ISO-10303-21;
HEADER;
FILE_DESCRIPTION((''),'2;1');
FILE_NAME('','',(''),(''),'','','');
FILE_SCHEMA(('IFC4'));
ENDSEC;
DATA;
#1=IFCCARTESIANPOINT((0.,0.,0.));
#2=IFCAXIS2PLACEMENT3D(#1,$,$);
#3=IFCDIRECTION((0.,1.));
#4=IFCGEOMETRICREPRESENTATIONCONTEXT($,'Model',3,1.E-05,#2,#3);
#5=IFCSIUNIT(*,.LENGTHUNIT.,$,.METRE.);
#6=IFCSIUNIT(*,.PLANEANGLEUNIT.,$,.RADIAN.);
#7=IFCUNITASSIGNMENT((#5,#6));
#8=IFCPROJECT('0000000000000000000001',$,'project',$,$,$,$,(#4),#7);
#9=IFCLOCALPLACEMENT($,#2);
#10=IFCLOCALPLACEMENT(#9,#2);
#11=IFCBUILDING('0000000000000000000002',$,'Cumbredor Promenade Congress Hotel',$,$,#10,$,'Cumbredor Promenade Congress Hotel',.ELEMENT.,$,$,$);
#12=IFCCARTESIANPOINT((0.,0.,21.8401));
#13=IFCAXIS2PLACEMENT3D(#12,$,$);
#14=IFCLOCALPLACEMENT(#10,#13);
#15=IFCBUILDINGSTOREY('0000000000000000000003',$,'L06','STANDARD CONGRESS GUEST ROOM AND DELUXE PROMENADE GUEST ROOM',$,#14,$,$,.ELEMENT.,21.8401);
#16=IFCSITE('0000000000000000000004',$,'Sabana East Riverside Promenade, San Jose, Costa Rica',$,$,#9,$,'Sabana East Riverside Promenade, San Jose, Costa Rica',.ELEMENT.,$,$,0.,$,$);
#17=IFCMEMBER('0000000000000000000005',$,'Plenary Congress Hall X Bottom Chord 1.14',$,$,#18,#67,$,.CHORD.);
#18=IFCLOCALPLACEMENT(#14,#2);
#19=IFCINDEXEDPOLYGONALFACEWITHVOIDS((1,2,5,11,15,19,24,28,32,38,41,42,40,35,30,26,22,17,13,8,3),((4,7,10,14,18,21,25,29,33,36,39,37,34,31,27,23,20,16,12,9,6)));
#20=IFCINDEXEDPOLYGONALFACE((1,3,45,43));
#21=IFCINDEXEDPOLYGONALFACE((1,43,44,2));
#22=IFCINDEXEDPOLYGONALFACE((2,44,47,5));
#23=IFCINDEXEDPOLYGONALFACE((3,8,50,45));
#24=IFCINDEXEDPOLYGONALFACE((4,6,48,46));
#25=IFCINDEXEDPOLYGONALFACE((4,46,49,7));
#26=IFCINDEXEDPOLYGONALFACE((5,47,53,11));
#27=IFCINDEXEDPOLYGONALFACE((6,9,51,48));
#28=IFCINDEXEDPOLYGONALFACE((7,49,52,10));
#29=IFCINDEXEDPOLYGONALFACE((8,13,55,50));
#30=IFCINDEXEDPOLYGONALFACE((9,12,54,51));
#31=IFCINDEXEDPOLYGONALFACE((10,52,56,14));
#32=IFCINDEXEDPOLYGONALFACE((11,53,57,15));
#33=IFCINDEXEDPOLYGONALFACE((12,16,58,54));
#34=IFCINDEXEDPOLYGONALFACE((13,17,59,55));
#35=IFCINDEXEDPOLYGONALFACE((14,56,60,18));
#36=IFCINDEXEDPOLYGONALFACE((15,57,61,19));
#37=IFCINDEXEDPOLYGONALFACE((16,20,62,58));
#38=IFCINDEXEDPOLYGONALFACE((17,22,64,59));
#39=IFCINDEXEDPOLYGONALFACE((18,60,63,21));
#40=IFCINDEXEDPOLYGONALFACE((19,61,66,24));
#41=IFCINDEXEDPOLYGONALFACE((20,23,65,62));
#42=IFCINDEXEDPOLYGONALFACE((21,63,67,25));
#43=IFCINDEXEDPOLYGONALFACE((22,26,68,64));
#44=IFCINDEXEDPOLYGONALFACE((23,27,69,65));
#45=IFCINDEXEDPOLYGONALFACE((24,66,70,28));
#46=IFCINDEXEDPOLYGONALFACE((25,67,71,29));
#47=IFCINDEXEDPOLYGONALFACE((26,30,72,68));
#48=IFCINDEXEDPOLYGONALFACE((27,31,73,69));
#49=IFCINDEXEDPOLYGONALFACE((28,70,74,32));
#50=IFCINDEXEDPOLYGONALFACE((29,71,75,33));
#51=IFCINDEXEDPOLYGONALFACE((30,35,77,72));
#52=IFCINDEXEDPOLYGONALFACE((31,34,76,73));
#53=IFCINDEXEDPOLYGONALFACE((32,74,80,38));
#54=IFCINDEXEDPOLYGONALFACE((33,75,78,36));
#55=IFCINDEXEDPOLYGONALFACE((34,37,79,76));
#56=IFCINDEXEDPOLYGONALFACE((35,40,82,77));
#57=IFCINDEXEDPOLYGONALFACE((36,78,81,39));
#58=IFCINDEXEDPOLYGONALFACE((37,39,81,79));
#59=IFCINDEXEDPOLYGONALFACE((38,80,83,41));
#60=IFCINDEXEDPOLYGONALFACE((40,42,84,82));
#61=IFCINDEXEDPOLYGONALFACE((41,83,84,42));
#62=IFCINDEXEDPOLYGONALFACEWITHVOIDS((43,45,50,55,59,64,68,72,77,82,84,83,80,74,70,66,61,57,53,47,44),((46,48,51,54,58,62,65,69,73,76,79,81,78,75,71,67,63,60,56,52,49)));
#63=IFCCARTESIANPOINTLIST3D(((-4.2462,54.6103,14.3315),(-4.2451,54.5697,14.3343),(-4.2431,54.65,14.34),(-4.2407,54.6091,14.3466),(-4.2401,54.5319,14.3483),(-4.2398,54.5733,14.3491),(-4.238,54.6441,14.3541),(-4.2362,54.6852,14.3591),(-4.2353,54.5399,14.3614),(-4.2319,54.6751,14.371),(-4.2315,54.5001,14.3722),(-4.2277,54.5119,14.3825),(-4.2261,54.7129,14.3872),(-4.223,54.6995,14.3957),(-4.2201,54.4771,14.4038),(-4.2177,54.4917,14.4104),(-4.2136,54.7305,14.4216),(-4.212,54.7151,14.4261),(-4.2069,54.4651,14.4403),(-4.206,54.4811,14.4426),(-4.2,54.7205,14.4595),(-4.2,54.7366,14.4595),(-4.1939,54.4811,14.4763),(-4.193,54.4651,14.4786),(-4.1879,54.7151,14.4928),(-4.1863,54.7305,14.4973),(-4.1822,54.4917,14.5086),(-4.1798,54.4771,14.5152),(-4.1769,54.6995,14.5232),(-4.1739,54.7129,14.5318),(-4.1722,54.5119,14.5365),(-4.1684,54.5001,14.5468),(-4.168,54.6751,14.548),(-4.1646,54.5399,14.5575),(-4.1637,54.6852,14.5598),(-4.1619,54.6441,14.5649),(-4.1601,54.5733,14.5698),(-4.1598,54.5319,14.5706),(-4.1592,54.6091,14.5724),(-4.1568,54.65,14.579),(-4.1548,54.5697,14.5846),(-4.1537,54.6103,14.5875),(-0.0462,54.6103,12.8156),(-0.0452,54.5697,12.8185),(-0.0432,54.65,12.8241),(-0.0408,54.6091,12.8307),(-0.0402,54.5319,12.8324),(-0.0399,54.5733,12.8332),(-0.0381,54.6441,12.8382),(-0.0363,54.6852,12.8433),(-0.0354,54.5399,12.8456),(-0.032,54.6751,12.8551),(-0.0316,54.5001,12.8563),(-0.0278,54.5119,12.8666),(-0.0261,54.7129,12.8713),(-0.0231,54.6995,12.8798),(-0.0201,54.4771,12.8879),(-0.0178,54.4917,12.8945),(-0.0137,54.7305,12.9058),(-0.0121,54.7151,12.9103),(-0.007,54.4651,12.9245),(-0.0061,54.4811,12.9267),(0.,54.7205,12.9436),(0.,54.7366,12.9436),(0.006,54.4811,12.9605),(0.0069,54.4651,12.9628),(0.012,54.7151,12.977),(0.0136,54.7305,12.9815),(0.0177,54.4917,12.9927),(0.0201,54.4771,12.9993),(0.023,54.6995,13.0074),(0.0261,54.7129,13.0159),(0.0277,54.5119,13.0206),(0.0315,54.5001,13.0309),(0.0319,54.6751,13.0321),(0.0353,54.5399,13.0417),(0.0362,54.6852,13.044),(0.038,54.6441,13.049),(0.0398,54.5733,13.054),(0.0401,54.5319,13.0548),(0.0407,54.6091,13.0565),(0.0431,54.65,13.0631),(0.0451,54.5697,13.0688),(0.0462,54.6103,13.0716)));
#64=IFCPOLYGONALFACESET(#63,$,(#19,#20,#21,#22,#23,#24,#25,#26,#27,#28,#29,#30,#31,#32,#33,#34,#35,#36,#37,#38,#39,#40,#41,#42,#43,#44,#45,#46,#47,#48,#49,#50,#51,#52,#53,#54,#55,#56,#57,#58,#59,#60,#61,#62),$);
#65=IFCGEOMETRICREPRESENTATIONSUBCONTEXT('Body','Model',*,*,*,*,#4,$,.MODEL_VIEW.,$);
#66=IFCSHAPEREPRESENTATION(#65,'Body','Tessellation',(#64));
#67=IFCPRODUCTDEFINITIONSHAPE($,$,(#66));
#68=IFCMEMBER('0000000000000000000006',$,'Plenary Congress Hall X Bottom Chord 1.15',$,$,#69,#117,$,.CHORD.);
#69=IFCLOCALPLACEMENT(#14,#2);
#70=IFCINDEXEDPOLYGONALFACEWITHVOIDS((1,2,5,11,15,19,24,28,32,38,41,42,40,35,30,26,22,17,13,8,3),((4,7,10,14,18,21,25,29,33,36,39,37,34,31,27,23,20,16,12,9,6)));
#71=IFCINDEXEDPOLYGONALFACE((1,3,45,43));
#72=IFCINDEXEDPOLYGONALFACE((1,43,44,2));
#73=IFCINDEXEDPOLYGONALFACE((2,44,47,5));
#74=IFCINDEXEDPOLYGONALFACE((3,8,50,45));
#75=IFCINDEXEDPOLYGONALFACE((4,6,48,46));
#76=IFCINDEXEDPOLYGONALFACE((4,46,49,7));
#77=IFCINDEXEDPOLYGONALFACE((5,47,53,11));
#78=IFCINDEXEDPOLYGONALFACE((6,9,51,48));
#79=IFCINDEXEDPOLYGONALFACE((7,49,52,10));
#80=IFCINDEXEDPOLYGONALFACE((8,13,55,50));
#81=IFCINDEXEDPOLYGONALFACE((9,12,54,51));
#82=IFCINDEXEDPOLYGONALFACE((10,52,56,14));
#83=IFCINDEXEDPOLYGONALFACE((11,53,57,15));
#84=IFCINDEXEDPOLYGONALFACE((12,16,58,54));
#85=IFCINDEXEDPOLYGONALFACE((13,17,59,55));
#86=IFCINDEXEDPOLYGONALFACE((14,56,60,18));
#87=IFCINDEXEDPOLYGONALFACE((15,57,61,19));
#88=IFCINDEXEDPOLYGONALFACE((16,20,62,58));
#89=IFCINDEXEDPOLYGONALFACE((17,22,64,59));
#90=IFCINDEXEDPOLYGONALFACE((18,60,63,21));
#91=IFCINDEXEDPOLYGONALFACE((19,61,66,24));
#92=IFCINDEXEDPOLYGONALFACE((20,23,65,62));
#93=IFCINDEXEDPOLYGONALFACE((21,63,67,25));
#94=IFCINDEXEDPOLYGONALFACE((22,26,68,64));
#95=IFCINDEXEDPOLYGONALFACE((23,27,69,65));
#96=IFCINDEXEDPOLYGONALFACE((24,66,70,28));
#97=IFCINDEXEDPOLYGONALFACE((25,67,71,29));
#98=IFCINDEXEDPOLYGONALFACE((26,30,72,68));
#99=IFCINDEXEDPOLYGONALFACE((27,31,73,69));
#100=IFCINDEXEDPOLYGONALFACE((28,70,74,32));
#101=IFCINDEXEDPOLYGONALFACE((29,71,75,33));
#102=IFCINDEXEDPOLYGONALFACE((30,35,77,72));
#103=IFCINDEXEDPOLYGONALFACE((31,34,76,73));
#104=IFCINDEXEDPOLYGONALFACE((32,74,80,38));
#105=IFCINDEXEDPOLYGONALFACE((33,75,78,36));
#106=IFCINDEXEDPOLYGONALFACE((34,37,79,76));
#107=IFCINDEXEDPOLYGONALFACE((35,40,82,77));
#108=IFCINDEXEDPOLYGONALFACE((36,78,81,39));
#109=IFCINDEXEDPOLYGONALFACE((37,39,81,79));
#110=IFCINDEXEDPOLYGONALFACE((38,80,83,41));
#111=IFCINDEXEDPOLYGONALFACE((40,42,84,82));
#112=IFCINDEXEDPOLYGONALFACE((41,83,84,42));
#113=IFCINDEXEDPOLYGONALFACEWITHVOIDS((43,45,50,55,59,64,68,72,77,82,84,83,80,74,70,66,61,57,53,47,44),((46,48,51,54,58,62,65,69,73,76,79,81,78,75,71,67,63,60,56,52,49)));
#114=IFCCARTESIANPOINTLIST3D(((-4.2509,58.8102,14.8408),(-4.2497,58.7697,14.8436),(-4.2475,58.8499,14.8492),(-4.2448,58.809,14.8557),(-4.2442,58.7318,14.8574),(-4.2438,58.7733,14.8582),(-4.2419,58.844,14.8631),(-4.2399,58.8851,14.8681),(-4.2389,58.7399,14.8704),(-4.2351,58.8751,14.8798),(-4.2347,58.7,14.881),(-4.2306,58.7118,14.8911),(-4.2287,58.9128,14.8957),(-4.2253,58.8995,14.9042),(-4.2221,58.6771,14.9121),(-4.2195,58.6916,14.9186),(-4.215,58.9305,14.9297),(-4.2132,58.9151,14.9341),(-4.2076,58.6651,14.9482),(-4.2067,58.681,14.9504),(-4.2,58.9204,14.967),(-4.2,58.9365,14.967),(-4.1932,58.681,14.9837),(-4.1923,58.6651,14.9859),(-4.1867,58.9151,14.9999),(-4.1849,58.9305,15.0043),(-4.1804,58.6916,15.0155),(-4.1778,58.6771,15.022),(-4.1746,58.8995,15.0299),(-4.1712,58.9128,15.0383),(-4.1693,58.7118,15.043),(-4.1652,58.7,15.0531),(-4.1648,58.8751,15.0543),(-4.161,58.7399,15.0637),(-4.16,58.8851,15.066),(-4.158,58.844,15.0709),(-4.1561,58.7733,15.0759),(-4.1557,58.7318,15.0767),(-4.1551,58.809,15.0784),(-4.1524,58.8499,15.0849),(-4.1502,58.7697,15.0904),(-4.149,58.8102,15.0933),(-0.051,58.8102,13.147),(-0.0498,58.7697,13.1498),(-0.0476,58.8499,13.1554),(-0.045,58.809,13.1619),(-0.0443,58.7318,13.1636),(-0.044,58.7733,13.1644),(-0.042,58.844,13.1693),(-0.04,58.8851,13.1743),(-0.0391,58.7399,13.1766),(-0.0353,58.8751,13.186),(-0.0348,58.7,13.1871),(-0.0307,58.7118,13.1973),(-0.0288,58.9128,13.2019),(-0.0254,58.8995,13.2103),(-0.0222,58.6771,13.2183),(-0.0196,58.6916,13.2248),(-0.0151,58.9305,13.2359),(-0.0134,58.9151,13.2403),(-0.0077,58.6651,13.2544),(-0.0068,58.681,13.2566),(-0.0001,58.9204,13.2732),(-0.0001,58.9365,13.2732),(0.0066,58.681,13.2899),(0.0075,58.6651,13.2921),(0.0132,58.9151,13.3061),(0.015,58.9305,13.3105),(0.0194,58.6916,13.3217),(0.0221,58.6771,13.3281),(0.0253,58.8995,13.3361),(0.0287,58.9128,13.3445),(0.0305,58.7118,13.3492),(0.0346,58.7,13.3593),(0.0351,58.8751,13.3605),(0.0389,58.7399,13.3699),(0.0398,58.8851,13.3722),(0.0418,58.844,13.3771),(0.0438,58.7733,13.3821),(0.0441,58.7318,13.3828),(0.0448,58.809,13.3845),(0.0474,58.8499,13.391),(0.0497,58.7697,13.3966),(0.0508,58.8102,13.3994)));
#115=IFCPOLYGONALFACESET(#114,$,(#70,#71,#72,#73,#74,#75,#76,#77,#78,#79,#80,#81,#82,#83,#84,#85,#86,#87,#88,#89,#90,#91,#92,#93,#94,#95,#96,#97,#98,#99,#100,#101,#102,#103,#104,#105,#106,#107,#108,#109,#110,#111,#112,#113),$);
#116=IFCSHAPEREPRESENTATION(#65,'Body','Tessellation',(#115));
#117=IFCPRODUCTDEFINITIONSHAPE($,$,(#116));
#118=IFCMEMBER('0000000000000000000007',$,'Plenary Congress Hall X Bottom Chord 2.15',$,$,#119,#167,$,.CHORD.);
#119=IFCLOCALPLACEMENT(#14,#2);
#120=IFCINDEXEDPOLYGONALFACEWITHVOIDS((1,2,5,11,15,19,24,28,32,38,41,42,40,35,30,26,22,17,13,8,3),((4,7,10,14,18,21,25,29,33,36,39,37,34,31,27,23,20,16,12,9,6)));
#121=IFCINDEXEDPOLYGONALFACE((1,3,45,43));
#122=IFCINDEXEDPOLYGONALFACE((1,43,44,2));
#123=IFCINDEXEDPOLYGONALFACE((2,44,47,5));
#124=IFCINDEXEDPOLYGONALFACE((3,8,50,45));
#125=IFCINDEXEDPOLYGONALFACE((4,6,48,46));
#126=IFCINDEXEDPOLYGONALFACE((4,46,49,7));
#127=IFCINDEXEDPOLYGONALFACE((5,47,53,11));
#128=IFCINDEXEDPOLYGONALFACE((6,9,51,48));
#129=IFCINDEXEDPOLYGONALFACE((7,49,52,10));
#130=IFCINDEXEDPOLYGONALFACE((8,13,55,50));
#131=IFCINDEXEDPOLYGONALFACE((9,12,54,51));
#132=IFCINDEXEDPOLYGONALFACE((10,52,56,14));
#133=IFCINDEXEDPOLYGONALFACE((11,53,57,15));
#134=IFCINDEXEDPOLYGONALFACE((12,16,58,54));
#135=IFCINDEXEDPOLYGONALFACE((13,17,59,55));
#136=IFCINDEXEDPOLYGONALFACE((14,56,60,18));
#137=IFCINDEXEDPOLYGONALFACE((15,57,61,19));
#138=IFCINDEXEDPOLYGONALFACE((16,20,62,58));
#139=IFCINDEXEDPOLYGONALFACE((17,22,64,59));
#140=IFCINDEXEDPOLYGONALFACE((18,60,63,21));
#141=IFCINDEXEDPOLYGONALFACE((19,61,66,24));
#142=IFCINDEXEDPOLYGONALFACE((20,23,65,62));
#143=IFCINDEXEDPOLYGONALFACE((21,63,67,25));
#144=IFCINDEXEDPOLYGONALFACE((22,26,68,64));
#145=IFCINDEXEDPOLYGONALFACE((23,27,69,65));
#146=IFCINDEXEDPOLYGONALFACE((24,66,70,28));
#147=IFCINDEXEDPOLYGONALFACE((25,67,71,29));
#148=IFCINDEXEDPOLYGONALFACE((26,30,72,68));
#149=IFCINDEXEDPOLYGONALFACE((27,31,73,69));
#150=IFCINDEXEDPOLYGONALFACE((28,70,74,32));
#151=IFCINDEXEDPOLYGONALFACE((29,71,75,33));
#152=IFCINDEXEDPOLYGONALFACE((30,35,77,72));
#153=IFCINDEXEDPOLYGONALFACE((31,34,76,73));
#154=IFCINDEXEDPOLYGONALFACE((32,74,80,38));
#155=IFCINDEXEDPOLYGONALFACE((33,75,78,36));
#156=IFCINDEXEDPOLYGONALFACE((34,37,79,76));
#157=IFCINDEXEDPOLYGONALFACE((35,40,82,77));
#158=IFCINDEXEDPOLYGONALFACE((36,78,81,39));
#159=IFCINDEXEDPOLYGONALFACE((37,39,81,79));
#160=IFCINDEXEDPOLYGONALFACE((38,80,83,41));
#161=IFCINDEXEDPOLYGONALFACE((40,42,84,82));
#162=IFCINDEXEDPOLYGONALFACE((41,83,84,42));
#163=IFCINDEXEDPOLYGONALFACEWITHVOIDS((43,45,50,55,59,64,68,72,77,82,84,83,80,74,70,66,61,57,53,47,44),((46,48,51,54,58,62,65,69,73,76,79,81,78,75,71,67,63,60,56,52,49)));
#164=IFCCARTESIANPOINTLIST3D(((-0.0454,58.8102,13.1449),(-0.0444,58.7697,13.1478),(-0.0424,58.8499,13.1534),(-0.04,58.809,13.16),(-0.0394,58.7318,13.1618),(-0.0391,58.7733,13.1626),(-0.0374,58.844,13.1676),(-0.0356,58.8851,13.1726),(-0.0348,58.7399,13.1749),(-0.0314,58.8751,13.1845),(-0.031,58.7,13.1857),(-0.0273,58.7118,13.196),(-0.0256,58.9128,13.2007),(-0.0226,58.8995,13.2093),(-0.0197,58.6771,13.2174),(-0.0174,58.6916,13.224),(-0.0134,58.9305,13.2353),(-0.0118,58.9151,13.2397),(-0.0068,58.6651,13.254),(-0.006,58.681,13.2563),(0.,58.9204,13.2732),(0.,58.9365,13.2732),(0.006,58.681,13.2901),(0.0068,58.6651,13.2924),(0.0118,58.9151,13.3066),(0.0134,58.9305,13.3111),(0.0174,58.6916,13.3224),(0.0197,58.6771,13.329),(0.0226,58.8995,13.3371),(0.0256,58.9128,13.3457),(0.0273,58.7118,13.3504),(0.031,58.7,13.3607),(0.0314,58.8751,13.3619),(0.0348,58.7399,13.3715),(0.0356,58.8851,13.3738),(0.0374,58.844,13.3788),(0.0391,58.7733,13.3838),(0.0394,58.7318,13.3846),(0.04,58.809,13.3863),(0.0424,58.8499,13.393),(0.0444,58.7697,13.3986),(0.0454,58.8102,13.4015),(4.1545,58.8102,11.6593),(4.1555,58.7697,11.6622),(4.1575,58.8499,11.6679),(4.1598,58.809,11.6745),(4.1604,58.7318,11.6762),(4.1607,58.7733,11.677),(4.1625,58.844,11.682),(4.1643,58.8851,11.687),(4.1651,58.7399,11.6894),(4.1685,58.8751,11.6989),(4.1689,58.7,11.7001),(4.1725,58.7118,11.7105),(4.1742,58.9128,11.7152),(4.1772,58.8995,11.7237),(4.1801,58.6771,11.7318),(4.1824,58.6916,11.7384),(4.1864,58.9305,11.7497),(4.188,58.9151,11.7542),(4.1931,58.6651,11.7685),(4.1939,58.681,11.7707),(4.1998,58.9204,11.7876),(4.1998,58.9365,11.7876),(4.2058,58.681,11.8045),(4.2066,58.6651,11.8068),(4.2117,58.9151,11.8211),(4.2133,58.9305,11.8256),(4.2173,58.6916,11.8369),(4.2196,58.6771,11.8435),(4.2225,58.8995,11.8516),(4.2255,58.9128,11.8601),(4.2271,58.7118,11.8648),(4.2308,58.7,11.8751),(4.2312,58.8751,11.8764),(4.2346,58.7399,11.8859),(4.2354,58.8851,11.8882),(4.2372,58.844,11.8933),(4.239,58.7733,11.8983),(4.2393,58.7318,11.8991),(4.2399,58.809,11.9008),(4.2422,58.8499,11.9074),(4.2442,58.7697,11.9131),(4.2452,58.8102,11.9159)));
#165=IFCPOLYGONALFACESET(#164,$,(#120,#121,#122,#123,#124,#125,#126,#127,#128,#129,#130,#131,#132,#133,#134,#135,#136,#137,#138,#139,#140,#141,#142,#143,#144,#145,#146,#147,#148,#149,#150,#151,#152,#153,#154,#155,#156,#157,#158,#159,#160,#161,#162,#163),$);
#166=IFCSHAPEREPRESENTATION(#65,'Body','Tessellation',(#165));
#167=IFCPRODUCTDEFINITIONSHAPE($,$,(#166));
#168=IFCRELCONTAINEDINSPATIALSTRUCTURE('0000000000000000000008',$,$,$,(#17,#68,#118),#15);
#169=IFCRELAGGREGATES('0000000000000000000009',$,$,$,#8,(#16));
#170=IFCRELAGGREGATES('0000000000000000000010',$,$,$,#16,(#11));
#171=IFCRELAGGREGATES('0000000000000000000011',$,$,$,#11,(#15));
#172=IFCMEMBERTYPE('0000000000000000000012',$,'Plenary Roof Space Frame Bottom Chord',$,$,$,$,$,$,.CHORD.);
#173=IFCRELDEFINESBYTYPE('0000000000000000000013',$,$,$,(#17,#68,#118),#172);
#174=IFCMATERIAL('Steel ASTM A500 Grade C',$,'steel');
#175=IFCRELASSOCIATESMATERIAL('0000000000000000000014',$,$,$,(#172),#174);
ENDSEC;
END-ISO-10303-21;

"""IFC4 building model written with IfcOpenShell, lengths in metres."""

from ifc_helpers import new_model, si_unit, direction, frame, origin, origin_2d, place, context, subcontext, project, spatial, hollow_circle, extrude, material, material_profile, profile_set, type_object, element, save


model = new_model("IFC4")

# Units and contexts
model_context = context("Model", 3, precision=1e-05, world=origin(), true_north=direction((0.0, 1.0)))
body_context = subcontext(model_context, "Body", "Model", "MODEL_VIEW")
ifc_project = project(units=[si_unit("LENGTHUNIT", "METRE"), si_unit("PLANEANGLEUNIT", "RADIAN")], contexts=[model_context])

# Site, building, storey
site_placement = place(None, origin())
site = spatial("IfcSite", under=ifc_project, at=site_placement, Name="Sabana East Riverside Promenade, San Jose, Costa Rica", LongName="Sabana East Riverside Promenade, San Jose, Costa Rica", CompositionType="ELEMENT", RefElevation=0.0)
building_placement = place(site_placement, origin())
building = spatial("IfcBuilding", under=site, at=building_placement, Name="Cumbredor Promenade Congress Hotel", LongName="Cumbredor Promenade Congress Hotel", CompositionType="ELEMENT")
storey_placement = place(building_placement, frame((0.0, 0.0, 21.8401)))
storey = spatial("IfcBuildingStorey", under=building, at=storey_placement, Name="L06", Description="STANDARD CONGRESS GUEST ROOM AND DELUXE PROMENADE GUEST ROOM", CompositionType="ELEMENT", Elevation=21.8401)

# Members
ifc_material_1 = material(Name="Steel ASTM A500 Grade C", Category="steel")
ifc_material_profile_1 = material_profile(ifc_material_1, hollow_circle(Radius=0.1365, WallThickness=0.0161, at=origin_2d()), Name="CHS 273.0x16")
ifc_profile_set_1 = profile_set([ifc_material_profile_1], Name="Steel ASTM A500 Grade C")
member_type_1 = type_object("IfcMemberType", Name="Plenary Roof Space Frame Bottom Chord", PredefinedType="CHORD", material=ifc_profile_set_1)
member_1_placement = place(storey_placement, frame((-4.2, 54.6001, 14.4595), z_axis=(0.94061, 0.0, -0.33949), x_axis=(0.0, 1.0, 0.0)))
element("IfcMember", 1, at=member_1_placement, inside=storey, type_object=member_type_1, Name="Plenary Congress Hall X Bottom Chord 1.14", PredefinedType="CHORD", context=body_context, shape_type="SweptSolid", body=[
    extrude(hollow_circle(Radius=0.1365, WallThickness=0.0161, at=origin_2d()), origin(), (0.0, 0.0, 1.0), 4.4651),
])
member_2_placement = place(storey_placement, frame((-4.2, 58.8, 14.967), z_axis=(0.927417, 0.0, -0.374029), x_axis=(0.0, 1.0, 0.0)))
element("IfcMember", 2, at=member_2_placement, inside=storey, type_object=member_type_1, Name="Plenary Congress Hall X Bottom Chord 1.15", PredefinedType="CHORD", context=body_context, shape_type="SweptSolid", body=[
    extrude(hollow_circle(Radius=0.1365, WallThickness=0.0161, at=origin_2d()), origin(), (0.0, 0.0, 1.0), 4.5286),
])
member_3_placement = place(storey_placement, frame((0.0, 58.8, 13.2732), z_axis=(0.94276, 0.0, -0.333471), x_axis=(0.0, 1.0, 0.0)))
element("IfcMember", 3, at=member_3_placement, inside=storey, type_object=member_type_1, Name="Plenary Congress Hall X Bottom Chord 2.15", PredefinedType="CHORD", context=body_context, shape_type="SweptSolid", body=[
    extrude(hollow_circle(Radius=0.1365, WallThickness=0.0161, at=origin_2d()), origin(), (0.0, 0.0, 1.0), 4.4548),
])

save(model, "model.ifc")
